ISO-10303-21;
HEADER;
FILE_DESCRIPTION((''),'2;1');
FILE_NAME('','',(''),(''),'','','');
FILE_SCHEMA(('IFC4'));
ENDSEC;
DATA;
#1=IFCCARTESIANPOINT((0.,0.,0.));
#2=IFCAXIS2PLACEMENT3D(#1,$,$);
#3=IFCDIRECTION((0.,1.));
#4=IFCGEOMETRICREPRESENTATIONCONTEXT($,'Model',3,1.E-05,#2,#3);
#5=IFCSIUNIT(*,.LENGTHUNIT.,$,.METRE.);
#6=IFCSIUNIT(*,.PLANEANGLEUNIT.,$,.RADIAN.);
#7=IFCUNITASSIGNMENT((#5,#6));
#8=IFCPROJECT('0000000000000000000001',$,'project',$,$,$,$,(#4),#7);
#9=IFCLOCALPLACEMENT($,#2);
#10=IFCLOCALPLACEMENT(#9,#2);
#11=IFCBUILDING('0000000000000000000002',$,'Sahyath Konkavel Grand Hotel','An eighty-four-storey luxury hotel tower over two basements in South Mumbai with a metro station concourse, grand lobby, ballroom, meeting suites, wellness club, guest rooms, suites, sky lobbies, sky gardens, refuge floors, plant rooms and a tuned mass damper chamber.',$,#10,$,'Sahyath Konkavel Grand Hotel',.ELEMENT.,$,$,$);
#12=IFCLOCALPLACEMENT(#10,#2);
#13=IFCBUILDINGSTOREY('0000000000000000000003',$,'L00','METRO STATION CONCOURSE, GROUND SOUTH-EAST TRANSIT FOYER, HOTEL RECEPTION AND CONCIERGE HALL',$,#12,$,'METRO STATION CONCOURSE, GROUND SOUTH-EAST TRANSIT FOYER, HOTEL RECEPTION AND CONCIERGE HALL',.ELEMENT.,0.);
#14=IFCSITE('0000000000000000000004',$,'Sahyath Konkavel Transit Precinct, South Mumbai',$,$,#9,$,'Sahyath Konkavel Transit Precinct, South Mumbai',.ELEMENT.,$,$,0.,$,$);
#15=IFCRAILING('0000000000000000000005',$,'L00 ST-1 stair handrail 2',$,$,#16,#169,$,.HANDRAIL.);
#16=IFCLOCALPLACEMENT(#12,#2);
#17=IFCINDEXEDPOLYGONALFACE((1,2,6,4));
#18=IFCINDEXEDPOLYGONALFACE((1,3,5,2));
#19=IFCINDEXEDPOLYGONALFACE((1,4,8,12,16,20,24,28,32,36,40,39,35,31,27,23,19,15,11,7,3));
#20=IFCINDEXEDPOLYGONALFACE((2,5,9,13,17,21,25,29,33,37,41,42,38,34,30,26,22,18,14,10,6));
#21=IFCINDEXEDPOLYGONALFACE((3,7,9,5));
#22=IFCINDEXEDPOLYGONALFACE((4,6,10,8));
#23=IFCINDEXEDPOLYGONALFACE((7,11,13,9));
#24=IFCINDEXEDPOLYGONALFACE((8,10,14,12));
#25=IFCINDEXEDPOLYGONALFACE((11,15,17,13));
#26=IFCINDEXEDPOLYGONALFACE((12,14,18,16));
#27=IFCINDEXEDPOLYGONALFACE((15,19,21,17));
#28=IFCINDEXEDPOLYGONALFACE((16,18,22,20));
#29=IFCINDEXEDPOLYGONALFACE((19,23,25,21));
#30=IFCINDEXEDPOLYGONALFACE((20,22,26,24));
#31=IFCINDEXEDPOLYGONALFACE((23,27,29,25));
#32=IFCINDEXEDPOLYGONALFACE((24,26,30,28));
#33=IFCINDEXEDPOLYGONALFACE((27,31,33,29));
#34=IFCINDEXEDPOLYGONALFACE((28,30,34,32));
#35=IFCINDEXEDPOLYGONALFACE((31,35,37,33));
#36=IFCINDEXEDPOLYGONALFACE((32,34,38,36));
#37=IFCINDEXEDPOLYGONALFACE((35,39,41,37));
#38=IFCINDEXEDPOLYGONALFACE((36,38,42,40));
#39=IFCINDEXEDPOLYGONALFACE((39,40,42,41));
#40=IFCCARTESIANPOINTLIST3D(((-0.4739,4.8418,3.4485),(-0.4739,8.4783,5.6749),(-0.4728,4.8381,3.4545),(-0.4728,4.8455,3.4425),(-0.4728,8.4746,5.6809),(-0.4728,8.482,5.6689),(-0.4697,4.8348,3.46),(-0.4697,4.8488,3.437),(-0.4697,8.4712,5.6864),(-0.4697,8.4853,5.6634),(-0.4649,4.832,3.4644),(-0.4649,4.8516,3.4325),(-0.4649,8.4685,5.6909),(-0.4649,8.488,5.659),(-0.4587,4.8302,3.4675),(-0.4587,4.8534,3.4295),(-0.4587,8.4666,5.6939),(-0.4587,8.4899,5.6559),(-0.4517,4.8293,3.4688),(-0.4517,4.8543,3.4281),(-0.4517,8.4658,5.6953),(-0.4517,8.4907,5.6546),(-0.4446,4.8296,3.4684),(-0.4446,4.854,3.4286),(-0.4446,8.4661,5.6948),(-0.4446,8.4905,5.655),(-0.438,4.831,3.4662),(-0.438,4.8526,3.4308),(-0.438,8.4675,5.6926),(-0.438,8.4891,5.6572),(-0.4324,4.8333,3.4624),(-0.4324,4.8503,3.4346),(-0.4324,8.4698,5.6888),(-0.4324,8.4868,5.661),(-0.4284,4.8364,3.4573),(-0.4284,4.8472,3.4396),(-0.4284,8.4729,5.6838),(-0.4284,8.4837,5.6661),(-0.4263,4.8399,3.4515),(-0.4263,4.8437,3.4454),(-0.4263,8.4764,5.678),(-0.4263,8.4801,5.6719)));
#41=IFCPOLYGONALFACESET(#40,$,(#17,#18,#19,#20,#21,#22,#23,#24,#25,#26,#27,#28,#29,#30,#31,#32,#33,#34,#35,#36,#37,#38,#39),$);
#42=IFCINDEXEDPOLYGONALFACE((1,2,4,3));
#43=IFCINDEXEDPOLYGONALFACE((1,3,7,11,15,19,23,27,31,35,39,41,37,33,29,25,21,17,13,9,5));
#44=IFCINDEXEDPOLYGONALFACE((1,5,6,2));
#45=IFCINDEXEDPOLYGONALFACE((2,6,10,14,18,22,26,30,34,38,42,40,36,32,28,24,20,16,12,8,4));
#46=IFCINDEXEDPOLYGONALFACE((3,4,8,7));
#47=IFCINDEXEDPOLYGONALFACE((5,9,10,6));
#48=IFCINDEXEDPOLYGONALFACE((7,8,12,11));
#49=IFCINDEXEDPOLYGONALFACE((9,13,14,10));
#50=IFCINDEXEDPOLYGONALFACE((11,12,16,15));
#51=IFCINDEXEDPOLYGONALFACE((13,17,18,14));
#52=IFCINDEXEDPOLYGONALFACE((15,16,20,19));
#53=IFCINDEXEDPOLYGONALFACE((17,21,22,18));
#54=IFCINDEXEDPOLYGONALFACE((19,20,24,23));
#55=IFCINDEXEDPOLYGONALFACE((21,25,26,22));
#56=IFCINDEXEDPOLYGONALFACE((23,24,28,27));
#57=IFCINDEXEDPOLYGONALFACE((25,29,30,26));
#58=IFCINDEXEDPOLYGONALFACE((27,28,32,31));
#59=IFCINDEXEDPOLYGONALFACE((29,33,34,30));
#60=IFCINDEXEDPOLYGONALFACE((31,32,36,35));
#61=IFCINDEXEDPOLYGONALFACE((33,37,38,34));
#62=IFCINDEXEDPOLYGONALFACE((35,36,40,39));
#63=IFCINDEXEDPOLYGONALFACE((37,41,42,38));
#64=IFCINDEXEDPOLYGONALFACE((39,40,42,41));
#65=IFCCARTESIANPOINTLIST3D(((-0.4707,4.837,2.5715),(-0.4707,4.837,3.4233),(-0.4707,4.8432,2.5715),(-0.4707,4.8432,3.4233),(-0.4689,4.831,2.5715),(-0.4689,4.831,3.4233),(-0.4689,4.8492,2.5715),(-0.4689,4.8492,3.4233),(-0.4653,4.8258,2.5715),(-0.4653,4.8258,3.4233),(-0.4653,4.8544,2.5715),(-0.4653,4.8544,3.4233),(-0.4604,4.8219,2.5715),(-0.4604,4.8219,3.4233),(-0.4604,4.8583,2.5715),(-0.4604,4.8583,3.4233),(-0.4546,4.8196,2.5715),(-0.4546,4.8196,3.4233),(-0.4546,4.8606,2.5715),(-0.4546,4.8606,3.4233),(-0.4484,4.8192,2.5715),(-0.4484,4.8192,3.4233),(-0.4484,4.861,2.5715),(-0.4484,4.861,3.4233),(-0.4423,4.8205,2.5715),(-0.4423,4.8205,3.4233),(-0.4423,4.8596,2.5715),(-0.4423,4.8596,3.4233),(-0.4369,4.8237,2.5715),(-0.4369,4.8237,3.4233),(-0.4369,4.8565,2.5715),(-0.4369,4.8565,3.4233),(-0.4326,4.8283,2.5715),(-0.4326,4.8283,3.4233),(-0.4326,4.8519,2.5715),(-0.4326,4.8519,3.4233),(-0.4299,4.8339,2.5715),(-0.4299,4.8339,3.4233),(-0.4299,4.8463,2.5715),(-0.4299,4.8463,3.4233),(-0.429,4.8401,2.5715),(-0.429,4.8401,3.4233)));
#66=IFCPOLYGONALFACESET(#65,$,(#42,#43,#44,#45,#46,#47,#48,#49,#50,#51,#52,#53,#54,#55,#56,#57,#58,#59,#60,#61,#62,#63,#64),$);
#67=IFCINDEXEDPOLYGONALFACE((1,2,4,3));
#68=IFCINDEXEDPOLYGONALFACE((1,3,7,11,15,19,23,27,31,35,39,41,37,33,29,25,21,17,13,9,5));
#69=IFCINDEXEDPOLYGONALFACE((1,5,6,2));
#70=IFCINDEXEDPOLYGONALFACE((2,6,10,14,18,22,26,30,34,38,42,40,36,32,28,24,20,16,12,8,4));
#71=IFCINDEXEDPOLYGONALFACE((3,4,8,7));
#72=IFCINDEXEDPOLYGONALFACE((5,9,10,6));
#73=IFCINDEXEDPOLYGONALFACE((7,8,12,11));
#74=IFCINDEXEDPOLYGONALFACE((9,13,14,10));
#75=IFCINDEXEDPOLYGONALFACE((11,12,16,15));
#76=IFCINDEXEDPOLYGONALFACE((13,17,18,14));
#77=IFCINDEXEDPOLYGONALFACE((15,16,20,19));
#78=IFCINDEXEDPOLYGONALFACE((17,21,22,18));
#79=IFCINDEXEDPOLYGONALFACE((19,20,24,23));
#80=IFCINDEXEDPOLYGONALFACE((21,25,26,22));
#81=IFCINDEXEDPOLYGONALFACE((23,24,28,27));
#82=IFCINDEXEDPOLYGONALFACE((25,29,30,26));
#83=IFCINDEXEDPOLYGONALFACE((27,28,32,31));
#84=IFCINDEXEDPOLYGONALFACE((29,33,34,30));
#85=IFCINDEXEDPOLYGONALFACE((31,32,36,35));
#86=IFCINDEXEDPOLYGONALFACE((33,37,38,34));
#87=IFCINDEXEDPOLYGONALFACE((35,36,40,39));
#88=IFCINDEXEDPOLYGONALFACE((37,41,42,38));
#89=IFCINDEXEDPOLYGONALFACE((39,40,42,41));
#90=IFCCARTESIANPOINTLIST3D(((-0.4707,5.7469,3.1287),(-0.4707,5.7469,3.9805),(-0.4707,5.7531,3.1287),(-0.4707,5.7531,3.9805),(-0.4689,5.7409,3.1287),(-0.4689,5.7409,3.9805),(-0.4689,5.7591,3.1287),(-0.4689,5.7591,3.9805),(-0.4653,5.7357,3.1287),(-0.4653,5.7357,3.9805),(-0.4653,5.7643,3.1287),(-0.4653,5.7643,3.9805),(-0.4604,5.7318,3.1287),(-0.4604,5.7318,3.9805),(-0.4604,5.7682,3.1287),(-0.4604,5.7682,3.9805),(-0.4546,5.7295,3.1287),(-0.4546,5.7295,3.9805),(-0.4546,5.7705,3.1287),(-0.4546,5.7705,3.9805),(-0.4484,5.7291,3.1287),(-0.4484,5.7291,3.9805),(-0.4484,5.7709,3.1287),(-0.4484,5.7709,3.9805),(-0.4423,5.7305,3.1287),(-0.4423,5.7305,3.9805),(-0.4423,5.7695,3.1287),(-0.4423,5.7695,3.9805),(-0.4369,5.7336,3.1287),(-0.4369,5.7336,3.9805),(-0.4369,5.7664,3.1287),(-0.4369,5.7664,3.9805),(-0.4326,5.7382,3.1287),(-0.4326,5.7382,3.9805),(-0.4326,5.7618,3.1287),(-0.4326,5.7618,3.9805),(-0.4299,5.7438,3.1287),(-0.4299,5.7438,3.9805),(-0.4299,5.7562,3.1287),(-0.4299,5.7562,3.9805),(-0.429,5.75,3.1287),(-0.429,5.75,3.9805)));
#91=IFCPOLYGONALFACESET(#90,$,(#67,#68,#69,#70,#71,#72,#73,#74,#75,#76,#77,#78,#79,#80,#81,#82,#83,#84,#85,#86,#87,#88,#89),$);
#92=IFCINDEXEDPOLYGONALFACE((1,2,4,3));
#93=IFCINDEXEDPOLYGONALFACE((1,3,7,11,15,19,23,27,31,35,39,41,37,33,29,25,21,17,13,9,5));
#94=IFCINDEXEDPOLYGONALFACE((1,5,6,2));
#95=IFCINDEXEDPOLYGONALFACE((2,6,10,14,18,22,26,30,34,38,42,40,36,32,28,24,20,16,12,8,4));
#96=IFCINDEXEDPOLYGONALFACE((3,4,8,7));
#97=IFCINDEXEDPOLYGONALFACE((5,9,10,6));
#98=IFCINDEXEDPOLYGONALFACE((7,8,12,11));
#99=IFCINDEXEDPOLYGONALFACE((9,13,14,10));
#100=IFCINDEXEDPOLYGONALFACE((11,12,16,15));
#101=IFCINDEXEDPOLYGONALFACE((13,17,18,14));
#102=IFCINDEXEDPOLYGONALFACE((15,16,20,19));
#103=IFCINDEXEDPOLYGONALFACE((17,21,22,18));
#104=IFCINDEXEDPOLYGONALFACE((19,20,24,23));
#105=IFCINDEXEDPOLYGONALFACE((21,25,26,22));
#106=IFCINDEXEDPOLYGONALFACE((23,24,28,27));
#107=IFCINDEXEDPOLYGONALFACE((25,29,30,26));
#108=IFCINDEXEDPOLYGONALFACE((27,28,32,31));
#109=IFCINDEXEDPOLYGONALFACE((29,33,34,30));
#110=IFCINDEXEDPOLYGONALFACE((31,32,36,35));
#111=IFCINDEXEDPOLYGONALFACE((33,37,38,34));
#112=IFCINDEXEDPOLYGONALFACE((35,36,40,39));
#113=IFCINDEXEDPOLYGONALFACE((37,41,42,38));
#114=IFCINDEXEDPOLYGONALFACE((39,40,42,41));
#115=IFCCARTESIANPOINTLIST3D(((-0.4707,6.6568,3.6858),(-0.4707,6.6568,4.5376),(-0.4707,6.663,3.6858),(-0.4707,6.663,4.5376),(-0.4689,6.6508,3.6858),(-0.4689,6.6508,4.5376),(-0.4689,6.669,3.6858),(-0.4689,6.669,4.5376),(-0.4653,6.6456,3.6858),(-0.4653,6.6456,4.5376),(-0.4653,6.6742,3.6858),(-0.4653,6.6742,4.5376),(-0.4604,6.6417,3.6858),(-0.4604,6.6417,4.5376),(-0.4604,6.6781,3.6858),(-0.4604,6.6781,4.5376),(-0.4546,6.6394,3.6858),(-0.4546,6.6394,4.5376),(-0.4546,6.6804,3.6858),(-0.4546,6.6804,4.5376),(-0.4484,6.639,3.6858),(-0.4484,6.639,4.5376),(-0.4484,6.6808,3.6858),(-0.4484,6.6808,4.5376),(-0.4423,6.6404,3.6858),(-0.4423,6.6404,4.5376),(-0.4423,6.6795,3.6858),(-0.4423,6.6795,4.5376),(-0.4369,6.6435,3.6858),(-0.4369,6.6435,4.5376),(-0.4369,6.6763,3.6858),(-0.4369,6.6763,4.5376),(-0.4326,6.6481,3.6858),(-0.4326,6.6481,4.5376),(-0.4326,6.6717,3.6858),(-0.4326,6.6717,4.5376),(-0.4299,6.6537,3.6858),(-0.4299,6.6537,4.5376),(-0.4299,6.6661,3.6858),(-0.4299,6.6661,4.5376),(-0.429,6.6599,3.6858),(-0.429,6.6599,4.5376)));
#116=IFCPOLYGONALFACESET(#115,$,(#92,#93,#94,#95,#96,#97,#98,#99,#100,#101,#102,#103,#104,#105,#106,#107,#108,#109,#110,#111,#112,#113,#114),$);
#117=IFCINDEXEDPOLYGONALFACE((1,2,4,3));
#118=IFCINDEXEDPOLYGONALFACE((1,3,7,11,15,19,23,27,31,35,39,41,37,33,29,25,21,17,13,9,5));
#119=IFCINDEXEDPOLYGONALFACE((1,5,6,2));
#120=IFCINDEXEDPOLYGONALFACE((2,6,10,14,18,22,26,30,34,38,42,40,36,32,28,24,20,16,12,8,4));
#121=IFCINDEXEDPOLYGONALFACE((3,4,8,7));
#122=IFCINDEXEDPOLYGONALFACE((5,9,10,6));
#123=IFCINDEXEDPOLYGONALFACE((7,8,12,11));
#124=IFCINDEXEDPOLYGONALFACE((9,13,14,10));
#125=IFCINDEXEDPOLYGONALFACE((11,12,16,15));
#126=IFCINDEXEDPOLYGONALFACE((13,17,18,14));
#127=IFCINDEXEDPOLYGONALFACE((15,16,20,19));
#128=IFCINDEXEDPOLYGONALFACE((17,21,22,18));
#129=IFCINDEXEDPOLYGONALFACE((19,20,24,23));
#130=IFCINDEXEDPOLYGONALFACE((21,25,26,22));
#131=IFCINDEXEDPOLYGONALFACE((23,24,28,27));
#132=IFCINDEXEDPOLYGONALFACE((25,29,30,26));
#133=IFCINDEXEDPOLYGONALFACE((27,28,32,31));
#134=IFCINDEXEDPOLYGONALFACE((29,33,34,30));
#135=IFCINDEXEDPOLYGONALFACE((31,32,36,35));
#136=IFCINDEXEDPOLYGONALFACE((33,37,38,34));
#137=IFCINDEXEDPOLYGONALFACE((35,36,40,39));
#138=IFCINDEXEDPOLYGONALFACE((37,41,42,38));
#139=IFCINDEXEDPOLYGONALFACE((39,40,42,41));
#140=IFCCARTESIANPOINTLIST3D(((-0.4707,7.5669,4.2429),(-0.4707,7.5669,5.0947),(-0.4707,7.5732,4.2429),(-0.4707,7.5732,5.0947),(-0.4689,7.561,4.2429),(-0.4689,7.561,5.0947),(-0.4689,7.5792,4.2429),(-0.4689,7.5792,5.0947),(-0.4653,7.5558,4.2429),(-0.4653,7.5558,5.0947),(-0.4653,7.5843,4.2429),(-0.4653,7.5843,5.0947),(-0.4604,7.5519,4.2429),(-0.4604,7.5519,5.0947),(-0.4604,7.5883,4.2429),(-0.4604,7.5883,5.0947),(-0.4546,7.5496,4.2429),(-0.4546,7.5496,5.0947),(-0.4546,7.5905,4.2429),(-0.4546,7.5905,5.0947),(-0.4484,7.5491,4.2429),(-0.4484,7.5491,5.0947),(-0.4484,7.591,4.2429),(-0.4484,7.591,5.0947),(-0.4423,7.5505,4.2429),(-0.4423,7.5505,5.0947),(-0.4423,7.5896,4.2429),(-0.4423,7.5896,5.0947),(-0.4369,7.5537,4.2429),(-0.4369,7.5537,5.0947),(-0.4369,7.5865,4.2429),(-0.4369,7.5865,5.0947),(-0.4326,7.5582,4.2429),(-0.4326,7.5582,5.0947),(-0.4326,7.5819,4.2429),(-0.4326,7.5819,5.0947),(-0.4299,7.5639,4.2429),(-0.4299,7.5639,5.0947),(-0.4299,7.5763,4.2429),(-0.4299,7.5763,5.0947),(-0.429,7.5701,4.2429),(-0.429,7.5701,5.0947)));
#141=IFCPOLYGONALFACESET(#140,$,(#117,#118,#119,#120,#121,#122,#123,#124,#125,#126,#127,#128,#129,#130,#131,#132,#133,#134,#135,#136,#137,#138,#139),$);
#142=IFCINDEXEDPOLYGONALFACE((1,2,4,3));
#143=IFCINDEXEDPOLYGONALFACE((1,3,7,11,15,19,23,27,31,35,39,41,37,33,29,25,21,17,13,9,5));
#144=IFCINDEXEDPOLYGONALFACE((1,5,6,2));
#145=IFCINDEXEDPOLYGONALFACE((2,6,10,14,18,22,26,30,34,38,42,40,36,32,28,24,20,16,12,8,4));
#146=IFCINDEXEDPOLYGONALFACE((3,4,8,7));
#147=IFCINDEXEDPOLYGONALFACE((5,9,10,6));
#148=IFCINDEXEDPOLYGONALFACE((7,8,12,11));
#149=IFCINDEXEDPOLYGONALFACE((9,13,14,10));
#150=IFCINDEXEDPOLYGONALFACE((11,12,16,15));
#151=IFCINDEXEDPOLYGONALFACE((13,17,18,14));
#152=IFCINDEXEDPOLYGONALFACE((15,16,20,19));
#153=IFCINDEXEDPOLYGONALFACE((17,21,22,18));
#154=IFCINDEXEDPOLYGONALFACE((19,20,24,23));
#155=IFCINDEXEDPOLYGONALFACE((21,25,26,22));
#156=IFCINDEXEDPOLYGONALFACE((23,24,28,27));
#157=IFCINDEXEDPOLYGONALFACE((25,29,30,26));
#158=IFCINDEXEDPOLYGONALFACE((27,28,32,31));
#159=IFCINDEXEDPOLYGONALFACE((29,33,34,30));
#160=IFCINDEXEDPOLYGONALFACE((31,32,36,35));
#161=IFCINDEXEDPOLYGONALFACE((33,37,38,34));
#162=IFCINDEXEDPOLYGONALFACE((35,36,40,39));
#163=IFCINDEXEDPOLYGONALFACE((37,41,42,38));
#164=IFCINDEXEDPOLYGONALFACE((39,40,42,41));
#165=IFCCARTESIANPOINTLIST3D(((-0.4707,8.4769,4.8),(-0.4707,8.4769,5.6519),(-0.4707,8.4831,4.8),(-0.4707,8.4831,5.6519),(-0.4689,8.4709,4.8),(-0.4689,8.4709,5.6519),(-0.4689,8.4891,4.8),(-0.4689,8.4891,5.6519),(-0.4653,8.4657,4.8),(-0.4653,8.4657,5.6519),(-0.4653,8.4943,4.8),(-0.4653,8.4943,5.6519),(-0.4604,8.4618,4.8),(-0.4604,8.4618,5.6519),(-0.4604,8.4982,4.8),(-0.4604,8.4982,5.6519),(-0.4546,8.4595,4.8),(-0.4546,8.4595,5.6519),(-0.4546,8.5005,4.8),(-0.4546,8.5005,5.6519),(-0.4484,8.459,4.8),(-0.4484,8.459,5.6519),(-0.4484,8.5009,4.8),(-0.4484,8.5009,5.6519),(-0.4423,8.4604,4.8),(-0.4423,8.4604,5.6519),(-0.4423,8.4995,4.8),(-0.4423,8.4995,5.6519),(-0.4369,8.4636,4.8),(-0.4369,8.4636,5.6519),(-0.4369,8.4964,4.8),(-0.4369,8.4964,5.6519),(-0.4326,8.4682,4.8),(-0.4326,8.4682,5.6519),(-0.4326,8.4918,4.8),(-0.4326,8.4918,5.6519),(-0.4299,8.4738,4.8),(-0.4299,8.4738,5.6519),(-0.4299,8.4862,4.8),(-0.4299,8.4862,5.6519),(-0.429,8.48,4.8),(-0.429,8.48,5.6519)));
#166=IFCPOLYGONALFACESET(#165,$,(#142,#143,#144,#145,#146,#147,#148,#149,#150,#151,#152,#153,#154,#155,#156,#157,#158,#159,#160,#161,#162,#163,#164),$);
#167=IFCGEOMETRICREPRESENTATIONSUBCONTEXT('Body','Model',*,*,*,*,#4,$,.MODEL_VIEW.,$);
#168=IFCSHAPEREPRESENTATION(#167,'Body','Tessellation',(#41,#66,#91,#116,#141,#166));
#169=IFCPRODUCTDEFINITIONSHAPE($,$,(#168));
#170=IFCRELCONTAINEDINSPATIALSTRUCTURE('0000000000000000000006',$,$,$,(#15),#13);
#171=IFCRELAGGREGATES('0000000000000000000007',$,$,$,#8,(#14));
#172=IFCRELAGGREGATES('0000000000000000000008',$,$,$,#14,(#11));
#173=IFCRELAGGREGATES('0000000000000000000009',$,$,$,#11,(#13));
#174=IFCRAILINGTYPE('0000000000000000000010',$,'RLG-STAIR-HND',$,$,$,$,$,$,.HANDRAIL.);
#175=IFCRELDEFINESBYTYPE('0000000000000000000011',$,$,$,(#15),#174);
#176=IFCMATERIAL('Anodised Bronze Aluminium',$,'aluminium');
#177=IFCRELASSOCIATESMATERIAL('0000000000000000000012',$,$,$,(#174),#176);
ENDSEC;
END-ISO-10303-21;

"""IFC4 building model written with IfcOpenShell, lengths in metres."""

from ifc_helpers import new_model, si_unit, direction, frame, origin, origin_2d, place, context, subcontext, project, spatial, circle, extrude, material, type_object, element, save


model = new_model("IFC4")

# Units and contexts
model_context = context("Model", 3, precision=1e-05, world=origin(), true_north=direction((0.0, 1.0)))
body_context = subcontext(model_context, "Body", "Model", "MODEL_VIEW")
ifc_project = project(units=[si_unit("LENGTHUNIT", "METRE"), si_unit("PLANEANGLEUNIT", "RADIAN")], contexts=[model_context])

# Site, building, storey
site_placement = place(None, origin())
site = spatial("IfcSite", under=ifc_project, at=site_placement, Name="Sahyath Konkavel Transit Precinct, South Mumbai", LongName="Sahyath Konkavel Transit Precinct, South Mumbai", CompositionType="ELEMENT", RefElevation=0.0)
building_placement = place(site_placement, origin())
building = spatial("IfcBuilding", under=site, at=building_placement, Name="Sahyath Konkavel Grand Hotel", Description="An eighty-four-storey luxury hotel tower over two basements in South Mumbai with a metro station concourse, grand lobby, ballroom, meeting suites, wellness club, guest rooms, suites, sky lobbies, sky gardens, refuge floors, plant rooms and a tuned mass damper chamber.", LongName="Sahyath Konkavel Grand Hotel", CompositionType="ELEMENT")
storey_placement = place(building_placement, origin())
storey = spatial("IfcBuildingStorey", under=building, at=storey_placement, Name="L00", Description="METRO STATION CONCOURSE, GROUND SOUTH-EAST TRANSIT FOYER, HOTEL RECEPTION AND CONCIERGE HALL", LongName="METRO STATION CONCOURSE, GROUND SOUTH-EAST TRANSIT FOYER, HOTEL RECEPTION AND CONCIERGE HALL", CompositionType="ELEMENT", Elevation=0.0)

# Railing
ifc_material_1 = material(Name="Anodised Bronze Aluminium", Category="aluminium")
railing_type_1 = type_object("IfcRailingType", Name="RLG-STAIR-HND", PredefinedType="HANDRAIL", material=ifc_material_1)
railing_1_placement = place(storey_placement, frame((-0.45, 4.8401, 2.5715)))
element("IfcRailing", 1, at=railing_1_placement, inside=storey, type_object=railing_type_1, Name="L00 ST-1 stair handrail 2", PredefinedType="HANDRAIL", context=body_context, shape_type="SweptSolid", body=[
    extrude(circle(Radius=0.0239, at=origin_2d()), frame((0.0, 0.0017, 0.877), z_axis=(0.0, 0.85285, 0.522156), x_axis=(-1.0, 0.0, 0.0)), (0.0, 0.0, 1.0), 4.2639),
    extrude(circle(Radius=0.021, at=origin_2d()), origin(), (0.0, 0.0, 1.0), 0.8518),
    extrude(circle(Radius=0.021, at=origin_2d()), frame((0.0, 0.9099, 0.5571)), (0.0, 0.0, 1.0), 0.8518),
    extrude(circle(Radius=0.021, at=origin_2d()), frame((0.0, 1.8198, 1.1143)), (0.0, 0.0, 1.0), 0.8518),
    extrude(circle(Radius=0.021, at=origin_2d()), frame((0.0, 2.73, 1.6714)), (0.0, 0.0, 1.0), 0.8518),
    extrude(circle(Radius=0.021, at=origin_2d()), frame((0.0, 3.6399, 2.2285)), (0.0, 0.0, 1.0), 0.8518),
])

save(model, "model.ifc")
